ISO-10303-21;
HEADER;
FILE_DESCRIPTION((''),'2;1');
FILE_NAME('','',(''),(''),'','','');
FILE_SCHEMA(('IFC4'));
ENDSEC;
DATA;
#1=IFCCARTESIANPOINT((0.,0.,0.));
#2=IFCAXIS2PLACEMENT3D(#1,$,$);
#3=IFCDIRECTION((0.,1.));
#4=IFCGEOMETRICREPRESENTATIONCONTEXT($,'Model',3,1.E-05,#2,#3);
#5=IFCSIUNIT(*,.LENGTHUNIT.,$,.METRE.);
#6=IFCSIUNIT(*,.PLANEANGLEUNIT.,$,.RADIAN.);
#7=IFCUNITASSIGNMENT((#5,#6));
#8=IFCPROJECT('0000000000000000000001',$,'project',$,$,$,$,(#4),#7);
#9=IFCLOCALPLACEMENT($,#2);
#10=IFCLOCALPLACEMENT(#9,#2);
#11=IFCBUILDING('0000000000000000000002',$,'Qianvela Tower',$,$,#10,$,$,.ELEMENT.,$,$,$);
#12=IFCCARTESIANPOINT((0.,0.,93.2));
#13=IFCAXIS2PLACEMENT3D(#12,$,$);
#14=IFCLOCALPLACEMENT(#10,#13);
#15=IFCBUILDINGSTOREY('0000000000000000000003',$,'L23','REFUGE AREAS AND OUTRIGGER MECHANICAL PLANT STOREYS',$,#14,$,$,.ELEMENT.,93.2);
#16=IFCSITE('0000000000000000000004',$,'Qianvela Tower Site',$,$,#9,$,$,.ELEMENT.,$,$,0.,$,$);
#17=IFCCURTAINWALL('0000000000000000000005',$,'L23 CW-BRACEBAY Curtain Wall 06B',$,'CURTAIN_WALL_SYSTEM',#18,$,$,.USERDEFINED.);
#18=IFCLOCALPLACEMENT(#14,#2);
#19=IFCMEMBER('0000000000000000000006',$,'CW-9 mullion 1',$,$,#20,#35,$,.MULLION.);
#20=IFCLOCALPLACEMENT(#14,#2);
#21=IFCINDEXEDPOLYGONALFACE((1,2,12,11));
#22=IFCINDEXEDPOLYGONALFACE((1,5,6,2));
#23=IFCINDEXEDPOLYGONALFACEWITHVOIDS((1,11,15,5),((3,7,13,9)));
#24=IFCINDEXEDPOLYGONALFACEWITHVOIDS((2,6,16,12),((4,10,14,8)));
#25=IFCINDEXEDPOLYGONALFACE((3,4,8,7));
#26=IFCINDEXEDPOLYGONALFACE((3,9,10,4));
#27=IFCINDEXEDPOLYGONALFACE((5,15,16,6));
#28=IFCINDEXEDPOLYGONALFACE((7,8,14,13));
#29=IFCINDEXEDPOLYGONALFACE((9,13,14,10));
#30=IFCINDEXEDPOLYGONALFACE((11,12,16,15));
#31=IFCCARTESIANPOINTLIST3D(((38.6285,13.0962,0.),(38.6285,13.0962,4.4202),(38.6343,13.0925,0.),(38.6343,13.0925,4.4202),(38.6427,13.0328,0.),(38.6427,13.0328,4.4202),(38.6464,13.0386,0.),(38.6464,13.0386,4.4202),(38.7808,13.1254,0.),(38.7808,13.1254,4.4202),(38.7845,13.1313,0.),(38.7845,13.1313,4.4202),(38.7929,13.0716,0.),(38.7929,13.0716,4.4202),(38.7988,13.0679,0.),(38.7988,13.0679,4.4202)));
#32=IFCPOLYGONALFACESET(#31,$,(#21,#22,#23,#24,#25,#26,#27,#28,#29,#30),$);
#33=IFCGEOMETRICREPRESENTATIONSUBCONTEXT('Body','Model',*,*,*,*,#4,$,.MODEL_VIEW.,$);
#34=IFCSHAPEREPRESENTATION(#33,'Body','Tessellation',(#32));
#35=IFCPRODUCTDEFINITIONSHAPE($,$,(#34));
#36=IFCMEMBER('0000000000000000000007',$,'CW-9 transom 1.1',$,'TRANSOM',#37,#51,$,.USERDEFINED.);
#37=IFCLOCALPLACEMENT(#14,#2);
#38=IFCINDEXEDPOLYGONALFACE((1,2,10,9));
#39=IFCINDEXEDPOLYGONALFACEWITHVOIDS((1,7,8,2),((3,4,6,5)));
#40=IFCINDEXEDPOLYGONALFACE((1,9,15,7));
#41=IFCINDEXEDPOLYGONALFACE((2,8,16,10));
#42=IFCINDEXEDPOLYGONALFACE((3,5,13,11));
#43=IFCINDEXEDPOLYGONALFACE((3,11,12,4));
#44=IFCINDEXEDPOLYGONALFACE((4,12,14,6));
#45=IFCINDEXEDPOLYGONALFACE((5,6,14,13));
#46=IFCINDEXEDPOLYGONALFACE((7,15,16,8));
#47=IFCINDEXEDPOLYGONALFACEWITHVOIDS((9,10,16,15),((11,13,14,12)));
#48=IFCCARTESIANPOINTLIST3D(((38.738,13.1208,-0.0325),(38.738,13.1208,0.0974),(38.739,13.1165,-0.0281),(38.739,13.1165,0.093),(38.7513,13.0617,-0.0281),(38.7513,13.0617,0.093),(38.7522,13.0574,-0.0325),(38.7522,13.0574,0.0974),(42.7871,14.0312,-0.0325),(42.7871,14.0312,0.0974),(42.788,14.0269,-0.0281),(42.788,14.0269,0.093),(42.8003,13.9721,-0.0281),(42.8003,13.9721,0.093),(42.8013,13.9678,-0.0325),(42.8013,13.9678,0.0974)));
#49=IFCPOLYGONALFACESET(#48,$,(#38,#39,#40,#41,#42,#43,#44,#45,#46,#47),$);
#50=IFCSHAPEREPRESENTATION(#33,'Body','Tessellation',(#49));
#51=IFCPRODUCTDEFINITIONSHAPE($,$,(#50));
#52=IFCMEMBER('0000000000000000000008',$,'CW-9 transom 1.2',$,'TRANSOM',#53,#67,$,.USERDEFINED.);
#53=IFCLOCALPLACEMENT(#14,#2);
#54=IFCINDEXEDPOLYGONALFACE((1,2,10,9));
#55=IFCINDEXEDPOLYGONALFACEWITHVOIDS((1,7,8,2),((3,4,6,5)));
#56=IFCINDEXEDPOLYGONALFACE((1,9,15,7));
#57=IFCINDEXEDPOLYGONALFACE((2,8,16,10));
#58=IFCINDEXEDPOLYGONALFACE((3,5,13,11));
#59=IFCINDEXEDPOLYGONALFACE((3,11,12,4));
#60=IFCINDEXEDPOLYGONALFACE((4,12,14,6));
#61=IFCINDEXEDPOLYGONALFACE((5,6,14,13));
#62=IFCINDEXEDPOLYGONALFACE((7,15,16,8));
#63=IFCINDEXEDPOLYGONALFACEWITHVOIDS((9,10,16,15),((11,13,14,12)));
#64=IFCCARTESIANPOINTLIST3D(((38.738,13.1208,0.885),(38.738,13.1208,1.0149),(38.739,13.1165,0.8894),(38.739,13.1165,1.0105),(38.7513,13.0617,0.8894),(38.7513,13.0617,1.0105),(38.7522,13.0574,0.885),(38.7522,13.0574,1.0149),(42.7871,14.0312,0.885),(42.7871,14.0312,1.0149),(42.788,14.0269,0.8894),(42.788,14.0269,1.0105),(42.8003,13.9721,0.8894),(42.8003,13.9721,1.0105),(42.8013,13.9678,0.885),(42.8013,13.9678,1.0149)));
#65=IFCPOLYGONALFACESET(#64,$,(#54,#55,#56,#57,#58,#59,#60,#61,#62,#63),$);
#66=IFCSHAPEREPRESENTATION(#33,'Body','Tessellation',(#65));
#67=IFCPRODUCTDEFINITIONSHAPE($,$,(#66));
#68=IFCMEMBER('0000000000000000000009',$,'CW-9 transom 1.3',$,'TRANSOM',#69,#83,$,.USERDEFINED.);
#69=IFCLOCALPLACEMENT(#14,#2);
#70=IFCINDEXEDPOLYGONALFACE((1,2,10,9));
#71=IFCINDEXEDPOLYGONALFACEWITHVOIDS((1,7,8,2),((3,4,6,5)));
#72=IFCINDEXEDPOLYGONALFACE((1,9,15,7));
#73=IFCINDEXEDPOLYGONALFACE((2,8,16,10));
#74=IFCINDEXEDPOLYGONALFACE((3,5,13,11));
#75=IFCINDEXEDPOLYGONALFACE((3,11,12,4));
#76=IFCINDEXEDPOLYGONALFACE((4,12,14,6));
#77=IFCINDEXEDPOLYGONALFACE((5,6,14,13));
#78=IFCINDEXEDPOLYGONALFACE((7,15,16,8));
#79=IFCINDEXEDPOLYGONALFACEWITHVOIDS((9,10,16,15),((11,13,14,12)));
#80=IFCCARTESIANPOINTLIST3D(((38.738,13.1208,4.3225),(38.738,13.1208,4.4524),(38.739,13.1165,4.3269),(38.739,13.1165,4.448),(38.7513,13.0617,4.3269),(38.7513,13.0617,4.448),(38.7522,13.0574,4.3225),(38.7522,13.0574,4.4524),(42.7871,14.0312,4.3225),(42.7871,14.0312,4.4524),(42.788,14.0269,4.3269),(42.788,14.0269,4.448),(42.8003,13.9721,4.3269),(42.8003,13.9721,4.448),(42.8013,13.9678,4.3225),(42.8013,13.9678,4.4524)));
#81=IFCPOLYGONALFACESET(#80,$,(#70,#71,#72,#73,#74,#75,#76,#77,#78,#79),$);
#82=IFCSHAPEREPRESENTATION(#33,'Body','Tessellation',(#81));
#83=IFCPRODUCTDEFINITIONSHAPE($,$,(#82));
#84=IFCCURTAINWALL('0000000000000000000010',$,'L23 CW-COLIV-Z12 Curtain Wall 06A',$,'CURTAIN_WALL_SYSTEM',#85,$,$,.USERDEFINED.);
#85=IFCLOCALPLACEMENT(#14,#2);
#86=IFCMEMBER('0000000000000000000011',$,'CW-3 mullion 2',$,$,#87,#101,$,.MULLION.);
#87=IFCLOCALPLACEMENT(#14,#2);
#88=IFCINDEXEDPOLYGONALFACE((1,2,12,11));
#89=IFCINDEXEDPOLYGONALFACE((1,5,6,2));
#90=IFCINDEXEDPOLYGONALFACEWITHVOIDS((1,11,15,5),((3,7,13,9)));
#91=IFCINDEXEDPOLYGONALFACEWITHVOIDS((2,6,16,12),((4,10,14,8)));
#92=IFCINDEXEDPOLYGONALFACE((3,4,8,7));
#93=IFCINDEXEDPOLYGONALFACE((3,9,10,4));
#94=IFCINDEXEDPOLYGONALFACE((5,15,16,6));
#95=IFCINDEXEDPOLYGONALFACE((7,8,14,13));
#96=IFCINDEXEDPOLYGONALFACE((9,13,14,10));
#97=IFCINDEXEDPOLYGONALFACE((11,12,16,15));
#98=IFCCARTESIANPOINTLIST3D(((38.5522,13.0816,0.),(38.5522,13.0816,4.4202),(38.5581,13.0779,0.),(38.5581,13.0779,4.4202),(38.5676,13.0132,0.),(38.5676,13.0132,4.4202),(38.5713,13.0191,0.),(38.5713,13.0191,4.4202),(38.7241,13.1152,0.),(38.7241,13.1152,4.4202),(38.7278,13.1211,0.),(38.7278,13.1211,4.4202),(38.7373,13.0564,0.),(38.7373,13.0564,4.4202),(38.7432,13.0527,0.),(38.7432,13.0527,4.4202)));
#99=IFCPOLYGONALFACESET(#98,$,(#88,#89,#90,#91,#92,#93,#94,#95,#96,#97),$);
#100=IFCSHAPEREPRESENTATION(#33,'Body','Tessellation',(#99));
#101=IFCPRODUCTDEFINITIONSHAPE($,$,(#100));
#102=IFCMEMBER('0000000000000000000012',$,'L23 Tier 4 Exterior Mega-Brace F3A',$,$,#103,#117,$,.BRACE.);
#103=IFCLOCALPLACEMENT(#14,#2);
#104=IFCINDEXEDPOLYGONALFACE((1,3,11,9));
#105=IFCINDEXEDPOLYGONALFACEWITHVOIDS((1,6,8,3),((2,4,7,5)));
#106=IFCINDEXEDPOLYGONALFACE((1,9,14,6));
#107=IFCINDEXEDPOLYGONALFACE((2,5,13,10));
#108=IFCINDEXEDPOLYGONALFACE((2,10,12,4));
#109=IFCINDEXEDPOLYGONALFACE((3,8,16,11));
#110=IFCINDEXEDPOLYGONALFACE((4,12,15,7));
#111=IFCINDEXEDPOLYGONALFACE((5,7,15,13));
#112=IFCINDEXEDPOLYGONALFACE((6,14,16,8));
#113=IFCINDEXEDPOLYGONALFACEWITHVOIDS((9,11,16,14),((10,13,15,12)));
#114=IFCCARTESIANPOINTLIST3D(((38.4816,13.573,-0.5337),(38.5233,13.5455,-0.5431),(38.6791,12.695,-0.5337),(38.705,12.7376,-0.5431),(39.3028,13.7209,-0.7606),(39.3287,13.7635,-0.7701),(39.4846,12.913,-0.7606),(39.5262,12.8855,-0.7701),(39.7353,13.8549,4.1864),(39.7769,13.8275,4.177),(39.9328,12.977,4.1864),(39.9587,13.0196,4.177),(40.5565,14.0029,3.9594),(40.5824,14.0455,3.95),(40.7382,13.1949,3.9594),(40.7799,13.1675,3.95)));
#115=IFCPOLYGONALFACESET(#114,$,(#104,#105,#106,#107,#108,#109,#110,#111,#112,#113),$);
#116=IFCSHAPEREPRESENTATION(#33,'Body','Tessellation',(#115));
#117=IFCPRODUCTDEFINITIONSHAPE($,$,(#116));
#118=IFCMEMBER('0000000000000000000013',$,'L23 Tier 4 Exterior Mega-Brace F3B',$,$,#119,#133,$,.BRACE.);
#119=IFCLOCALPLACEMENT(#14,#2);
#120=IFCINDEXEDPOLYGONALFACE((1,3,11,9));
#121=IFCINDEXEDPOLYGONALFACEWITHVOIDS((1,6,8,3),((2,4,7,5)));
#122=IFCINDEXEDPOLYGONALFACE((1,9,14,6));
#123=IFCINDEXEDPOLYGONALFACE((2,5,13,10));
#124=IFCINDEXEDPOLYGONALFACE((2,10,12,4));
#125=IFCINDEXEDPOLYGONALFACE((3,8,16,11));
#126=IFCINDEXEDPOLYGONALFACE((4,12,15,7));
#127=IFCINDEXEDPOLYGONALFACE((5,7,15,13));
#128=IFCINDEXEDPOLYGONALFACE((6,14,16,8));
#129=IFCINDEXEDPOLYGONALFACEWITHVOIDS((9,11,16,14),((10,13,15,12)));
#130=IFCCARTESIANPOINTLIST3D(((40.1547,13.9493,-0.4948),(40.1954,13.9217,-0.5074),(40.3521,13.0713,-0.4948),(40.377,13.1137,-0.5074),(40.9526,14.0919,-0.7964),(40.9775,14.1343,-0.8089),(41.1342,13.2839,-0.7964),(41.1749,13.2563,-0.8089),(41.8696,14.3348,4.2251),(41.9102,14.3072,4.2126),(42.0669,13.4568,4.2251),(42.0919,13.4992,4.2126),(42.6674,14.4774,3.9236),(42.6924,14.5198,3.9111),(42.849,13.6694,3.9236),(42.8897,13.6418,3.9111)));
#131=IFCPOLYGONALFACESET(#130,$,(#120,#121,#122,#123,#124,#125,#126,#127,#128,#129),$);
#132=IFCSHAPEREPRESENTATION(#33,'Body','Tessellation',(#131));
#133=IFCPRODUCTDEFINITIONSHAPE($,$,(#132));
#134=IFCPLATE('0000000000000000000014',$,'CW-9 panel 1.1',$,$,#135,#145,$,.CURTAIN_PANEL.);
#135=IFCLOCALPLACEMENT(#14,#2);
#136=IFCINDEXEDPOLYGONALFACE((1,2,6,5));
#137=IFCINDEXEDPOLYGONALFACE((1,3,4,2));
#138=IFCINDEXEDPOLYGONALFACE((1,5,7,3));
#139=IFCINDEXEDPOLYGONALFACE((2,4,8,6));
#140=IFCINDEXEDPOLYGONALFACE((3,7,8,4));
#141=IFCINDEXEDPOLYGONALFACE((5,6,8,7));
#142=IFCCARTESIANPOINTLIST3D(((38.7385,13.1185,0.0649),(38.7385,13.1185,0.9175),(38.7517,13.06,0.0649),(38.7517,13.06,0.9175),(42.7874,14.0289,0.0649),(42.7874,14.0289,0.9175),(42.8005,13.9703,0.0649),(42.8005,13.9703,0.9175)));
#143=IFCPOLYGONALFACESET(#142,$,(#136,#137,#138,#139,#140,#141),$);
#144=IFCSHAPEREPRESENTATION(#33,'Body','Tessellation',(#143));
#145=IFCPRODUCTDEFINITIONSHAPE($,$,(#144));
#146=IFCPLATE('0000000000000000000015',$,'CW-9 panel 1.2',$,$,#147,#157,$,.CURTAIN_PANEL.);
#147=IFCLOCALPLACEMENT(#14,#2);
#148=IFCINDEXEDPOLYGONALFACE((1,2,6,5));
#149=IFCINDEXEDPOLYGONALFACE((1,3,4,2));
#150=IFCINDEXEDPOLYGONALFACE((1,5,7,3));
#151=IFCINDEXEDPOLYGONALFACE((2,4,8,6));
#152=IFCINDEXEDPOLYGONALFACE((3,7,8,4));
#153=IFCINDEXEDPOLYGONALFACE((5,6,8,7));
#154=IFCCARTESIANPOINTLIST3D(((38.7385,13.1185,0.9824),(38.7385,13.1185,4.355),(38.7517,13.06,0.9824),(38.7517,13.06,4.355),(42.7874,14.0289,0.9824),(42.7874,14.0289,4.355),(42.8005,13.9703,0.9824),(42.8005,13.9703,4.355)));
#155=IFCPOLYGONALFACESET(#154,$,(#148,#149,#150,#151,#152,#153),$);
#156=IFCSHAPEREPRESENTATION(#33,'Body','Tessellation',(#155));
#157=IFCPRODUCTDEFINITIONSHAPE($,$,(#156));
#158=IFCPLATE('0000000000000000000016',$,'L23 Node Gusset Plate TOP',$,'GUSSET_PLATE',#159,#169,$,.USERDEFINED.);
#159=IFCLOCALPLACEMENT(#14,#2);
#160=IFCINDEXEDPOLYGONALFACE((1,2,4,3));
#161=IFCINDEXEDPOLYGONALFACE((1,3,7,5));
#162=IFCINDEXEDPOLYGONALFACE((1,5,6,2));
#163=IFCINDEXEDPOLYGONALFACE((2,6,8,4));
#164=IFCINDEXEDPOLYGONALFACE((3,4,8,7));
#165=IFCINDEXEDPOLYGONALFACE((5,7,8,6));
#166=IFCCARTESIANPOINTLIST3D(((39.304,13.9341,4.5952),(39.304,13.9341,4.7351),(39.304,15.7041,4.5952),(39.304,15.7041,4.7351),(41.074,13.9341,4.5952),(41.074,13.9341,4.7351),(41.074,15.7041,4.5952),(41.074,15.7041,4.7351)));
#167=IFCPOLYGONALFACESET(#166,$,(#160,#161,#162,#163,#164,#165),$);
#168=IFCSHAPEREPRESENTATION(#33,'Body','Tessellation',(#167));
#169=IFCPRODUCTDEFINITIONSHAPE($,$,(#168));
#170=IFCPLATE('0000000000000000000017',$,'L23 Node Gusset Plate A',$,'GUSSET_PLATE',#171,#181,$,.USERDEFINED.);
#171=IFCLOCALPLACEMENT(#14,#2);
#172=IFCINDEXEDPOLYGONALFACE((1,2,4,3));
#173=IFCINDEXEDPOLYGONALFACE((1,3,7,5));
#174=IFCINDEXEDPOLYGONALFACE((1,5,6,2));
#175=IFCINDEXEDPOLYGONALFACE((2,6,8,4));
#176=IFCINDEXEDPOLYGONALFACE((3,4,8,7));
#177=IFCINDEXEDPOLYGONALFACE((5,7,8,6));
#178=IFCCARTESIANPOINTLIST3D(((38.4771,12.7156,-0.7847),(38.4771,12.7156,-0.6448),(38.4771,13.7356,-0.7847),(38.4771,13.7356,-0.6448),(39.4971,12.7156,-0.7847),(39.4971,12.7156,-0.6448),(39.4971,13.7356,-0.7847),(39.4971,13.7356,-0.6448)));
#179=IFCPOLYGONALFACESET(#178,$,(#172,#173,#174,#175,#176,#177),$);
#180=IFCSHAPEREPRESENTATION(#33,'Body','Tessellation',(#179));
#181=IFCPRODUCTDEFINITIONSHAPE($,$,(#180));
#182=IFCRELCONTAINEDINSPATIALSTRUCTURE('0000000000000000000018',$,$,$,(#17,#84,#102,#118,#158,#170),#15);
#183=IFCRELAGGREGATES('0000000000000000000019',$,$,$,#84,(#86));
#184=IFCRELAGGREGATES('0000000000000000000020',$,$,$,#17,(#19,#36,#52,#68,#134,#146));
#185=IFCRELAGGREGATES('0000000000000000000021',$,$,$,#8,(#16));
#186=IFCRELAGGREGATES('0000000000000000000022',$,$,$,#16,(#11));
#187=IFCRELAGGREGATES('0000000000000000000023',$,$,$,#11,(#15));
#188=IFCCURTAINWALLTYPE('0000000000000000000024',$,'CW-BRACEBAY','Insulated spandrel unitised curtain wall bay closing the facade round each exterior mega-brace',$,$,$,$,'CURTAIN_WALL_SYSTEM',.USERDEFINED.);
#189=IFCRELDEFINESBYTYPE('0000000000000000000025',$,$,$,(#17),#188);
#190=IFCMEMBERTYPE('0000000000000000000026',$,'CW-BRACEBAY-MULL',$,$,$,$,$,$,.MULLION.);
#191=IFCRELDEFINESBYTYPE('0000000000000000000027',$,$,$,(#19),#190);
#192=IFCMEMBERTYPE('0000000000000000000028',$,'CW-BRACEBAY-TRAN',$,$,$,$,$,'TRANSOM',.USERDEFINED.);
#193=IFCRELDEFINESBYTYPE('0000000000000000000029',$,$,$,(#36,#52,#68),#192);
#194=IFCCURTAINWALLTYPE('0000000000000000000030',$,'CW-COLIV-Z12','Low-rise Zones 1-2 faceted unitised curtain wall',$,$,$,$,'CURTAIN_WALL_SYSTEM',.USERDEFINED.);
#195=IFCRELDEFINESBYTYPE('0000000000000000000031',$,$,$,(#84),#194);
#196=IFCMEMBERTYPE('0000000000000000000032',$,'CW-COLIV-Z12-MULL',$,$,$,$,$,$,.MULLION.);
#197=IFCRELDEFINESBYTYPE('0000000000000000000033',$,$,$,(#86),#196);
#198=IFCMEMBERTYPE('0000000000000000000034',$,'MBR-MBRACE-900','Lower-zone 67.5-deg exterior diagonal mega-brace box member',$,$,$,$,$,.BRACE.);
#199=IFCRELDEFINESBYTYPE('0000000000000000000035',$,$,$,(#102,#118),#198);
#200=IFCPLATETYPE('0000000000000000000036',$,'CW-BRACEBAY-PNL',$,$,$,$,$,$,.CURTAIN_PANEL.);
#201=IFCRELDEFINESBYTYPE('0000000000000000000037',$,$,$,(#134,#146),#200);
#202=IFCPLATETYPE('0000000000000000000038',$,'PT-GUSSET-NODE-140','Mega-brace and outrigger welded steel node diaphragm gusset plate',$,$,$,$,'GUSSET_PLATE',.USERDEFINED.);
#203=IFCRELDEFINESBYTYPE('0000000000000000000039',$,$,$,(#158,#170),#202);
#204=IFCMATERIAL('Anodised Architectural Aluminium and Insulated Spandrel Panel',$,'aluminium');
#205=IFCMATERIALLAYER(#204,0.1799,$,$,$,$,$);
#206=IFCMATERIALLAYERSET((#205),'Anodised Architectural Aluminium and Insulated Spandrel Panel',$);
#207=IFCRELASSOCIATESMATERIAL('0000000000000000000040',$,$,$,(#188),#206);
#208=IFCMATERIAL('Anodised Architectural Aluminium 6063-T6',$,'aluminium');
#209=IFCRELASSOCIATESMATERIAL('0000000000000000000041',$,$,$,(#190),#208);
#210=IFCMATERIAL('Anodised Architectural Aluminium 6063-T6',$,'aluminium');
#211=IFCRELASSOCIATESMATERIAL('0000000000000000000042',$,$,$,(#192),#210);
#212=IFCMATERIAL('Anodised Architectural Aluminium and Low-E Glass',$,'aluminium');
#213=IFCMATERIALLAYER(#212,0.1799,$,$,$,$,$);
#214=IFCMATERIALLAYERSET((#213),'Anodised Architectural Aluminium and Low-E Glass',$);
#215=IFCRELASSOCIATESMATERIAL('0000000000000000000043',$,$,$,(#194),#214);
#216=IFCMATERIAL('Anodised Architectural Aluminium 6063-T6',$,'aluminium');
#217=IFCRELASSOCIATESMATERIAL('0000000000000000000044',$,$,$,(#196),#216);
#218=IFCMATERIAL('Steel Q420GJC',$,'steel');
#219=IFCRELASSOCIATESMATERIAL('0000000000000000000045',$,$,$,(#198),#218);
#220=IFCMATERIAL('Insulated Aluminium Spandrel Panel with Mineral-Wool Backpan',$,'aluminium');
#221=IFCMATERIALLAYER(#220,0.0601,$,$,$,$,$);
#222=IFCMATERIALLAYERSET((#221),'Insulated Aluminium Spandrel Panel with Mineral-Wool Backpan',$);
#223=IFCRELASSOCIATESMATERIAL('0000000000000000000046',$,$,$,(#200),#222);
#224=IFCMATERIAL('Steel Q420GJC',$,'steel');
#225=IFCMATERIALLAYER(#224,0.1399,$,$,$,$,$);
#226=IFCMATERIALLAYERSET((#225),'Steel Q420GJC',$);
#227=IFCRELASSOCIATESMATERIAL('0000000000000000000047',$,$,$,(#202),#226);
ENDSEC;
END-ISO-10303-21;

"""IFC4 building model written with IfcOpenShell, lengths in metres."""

from ifc_helpers import new_model, si_unit, direction, frame, origin, origin_2d, place, context, subcontext, project, spatial, rectangle, hollow_rectangle, extrude, material, layer, layer_set, material_profile, profile_set, type_object, element, aggregate, save


model = new_model("IFC4")

# Units and contexts
model_context = context("Model", 3, precision=1e-05, world=origin(), true_north=direction((0.0, 1.0)))
body_context = subcontext(model_context, "Body", "Model", "MODEL_VIEW")
ifc_project = project(units=[si_unit("LENGTHUNIT", "METRE"), si_unit("PLANEANGLEUNIT", "RADIAN")], contexts=[model_context])

# Site, building, storey
site_placement = place(None, origin())
site = spatial("IfcSite", under=ifc_project, at=site_placement, Name="Qianvela Tower Site", CompositionType="ELEMENT", RefElevation=0.0)
building_placement = place(site_placement, origin())
building = spatial("IfcBuilding", under=site, at=building_placement, Name="Qianvela Tower", CompositionType="ELEMENT")
storey_placement = place(building_placement, frame((0.0, 0.0, 93.2)))
storey = spatial("IfcBuildingStorey", under=building, at=storey_placement, Name="L23", Description="REFUGE AREAS AND OUTRIGGER MECHANICAL PLANT STOREYS", CompositionType="ELEMENT", Elevation=93.2)

# Curtain wall, members
ifc_material_1 = material(Name="Anodised Architectural Aluminium and Insulated Spandrel Panel", Category="aluminium")
ifc_layer_1 = layer(ifc_material_1, 0.1799)
ifc_layer_set_1 = layer_set([ifc_layer_1], Name="Anodised Architectural Aluminium and Insulated Spandrel Panel")
curtain_wall_type_1 = type_object("IfcCurtainWallType", Name="CW-BRACEBAY", Description="Insulated spandrel unitised curtain wall bay closing the facade round each exterior mega-brace", ElementType="CURTAIN_WALL_SYSTEM", PredefinedType="USERDEFINED", material=ifc_layer_set_1)
curtain_wall_1_placement = place(storey_placement, origin())
curtain_wall_1 = element("IfcCurtainWall", 1, at=curtain_wall_1_placement, inside=storey, type_object=curtain_wall_type_1, Name="L23 CW-BRACEBAY Curtain Wall 06B", ObjectType="CURTAIN_WALL_SYSTEM", PredefinedType="USERDEFINED")
ifc_material_2 = material(Name="Anodised Architectural Aluminium 6063-T6", Category="aluminium")
ifc_material_profile_1 = material_profile(ifc_material_2, hollow_rectangle(XDim=0.0649, YDim=0.1599, WallThickness=0.0049, at=origin_2d()), Name="ALU-MULL-65x160")
ifc_profile_set_1 = profile_set([ifc_material_profile_1], Name="Anodised Architectural Aluminium 6063-T6")
member_type_1 = type_object("IfcMemberType", Name="CW-BRACEBAY-MULL", PredefinedType="MULLION", material=ifc_profile_set_1)
member_1_placement = place(storey_placement, frame((38.7136, 13.082, 0.0), z_axis=(0.0, 0.0, 1.0), x_axis=(-0.219372, 0.975641, 0.0)))
member_1 = element("IfcMember", 2, at=member_1_placement, type_object=member_type_1, Name="CW-9 mullion 1", PredefinedType="MULLION", context=body_context, shape_type="SweptSolid", body=[
    extrude(hollow_rectangle(XDim=0.0649, YDim=0.1599, WallThickness=0.0049, at=origin_2d()), origin(), (0.0, 0.0, 1.0), 4.4202),
])
ifc_material_3 = material(Name="Anodised Architectural Aluminium 6063-T6", Category="aluminium")
ifc_material_profile_2 = material_profile(ifc_material_3, hollow_rectangle(XDim=0.0649, YDim=0.1299, WallThickness=0.0044, at=origin_2d()), Name="ALU-TRAN-65x130")
ifc_profile_set_2 = profile_set([ifc_material_profile_2], Name="Anodised Architectural Aluminium 6063-T6")
member_type_2 = type_object("IfcMemberType", Name="CW-BRACEBAY-TRAN", ElementType="TRANSOM", PredefinedType="USERDEFINED", material=ifc_profile_set_2)
member_2_placement = place(storey_placement, frame((38.7451, 13.0891, 0.0325), z_axis=(0.975643, 0.219365, 0.0), x_axis=(-0.219365, 0.975643, 0.0)))
member_2 = element("IfcMember", 3, at=member_2_placement, type_object=member_type_2, Name="CW-9 transom 1.1", ObjectType="TRANSOM", PredefinedType="USERDEFINED", context=body_context, shape_type="SweptSolid", body=[
    extrude(hollow_rectangle(XDim=0.0649, YDim=0.1299, WallThickness=0.0044, at=origin_2d()), origin(), (0.0, 0.0, 1.0), 4.1501),
])
member_3_placement = place(storey_placement, frame((38.7451, 13.0891, 0.95), z_axis=(0.975643, 0.219365, 0.0), x_axis=(-0.219365, 0.975643, 0.0)))
member_3 = element("IfcMember", 4, at=member_3_placement, type_object=member_type_2, Name="CW-9 transom 1.2", ObjectType="TRANSOM", PredefinedType="USERDEFINED", context=body_context, shape_type="SweptSolid", body=[
    extrude(hollow_rectangle(XDim=0.0649, YDim=0.1299, WallThickness=0.0044, at=origin_2d()), origin(), (0.0, 0.0, 1.0), 4.1501),
])
member_4_placement = place(storey_placement, frame((38.7451, 13.0891, 4.3875), z_axis=(0.975643, 0.219365, 0.0), x_axis=(-0.219365, 0.975643, 0.0)))
member_4 = element("IfcMember", 5, at=member_4_placement, type_object=member_type_2, Name="CW-9 transom 1.3", ObjectType="TRANSOM", PredefinedType="USERDEFINED", context=body_context, shape_type="SweptSolid", body=[
    extrude(hollow_rectangle(XDim=0.0649, YDim=0.1299, WallThickness=0.0044, at=origin_2d()), origin(), (0.0, 0.0, 1.0), 4.1501),
])

# Curtain wall, member
ifc_material_4 = material(Name="Anodised Architectural Aluminium and Low-E Glass", Category="aluminium")
ifc_layer_2 = layer(ifc_material_4, 0.1799)
ifc_layer_set_2 = layer_set([ifc_layer_2], Name="Anodised Architectural Aluminium and Low-E Glass")
curtain_wall_type_2 = type_object("IfcCurtainWallType", Name="CW-COLIV-Z12", Description="Low-rise Zones 1-2 faceted unitised curtain wall", ElementType="CURTAIN_WALL_SYSTEM", PredefinedType="USERDEFINED", material=ifc_layer_set_2)
curtain_wall_2_placement = place(storey_placement, origin())
curtain_wall_2 = element("IfcCurtainWall", 6, at=curtain_wall_2_placement, inside=storey, type_object=curtain_wall_type_2, Name="L23 CW-COLIV-Z12 Curtain Wall 06A", ObjectType="CURTAIN_WALL_SYSTEM", PredefinedType="USERDEFINED")
ifc_material_5 = material(Name="Anodised Architectural Aluminium 6063-T6", Category="aluminium")
ifc_material_profile_3 = material_profile(ifc_material_5, hollow_rectangle(XDim=0.0701, YDim=0.1799, WallThickness=0.0049, at=origin_2d()), Name="ALU-MULL-70x180")
ifc_profile_set_3 = profile_set([ifc_material_profile_3], Name="Anodised Architectural Aluminium 6063-T6")
member_type_3 = type_object("IfcMemberType", Name="CW-COLIV-Z12-MULL", PredefinedType="MULLION", material=ifc_profile_set_3)
member_5_placement = place(storey_placement, frame((38.6477, 13.0671, 0.0), z_axis=(0.0, 0.0, 1.0), x_axis=(-0.219384, 0.975639, 0.0)))
member_5 = element("IfcMember", 7, at=member_5_placement, type_object=member_type_3, Name="CW-3 mullion 2", PredefinedType="MULLION", context=body_context, shape_type="SweptSolid", body=[
    extrude(hollow_rectangle(XDim=0.0701, YDim=0.1799, WallThickness=0.0049, at=origin_2d()), origin(), (0.0, 0.0, 1.0), 4.4202),
])
aggregate(curtain_wall_2, [member_5])

# Members
ifc_material_6 = material(Name="Steel Q420GJC", Category="steel")
ifc_material_profile_4 = material_profile(ifc_material_6, hollow_rectangle(XDim=0.8999, YDim=0.8999, WallThickness=0.0359, at=origin_2d()), Name="MBOX-900x900x36")
ifc_profile_set_4 = profile_set([ifc_material_profile_4], Name="Steel Q420GJC")
member_type_4 = type_object("IfcMemberType", Name="MBR-MBRACE-900", Description="Lower-zone 67.5-deg exterior diagonal mega-brace box member", PredefinedType="BRACE", material=ifc_profile_set_4)
member_6_placement = place(storey_placement, frame((39.0039, 13.2292, -0.6519), z_axis=(0.25628, 0.057644, 0.964882), x_axis=(-0.219444, 0.975625, 0.0)))
element("IfcMember", 8, at=member_6_placement, inside=storey, type_object=member_type_4, Name="L23 Tier 4 Exterior Mega-Brace F3A", PredefinedType="BRACE", context=body_context, shape_type="SweptSolid", body=[
    extrude(hollow_rectangle(XDim=0.8999, YDim=0.8999, WallThickness=0.0359, at=origin_2d()), origin(), (0.0, 0.0, 1.0), 4.8918),
])
member_7_placement = place(storey_placement, frame((40.6648, 13.6028, -0.6519), z_axis=(0.340476, 0.076539, 0.937133), x_axis=(-0.219327, 0.975651, 0.0)))
element("IfcMember", 9, at=member_7_placement, inside=storey, type_object=member_type_4, Name="L23 Tier 4 Exterior Mega-Brace F3B", PredefinedType="BRACE", context=body_context, shape_type="SweptSolid", body=[
    extrude(hollow_rectangle(XDim=0.8999, YDim=0.8999, WallThickness=0.0359, at=origin_2d()), origin(), (0.0, 0.0, 1.0), 5.0366),
])

# Plates
ifc_material_7 = material(Name="Insulated Aluminium Spandrel Panel with Mineral-Wool Backpan", Category="aluminium")
ifc_layer_3 = layer(ifc_material_7, 0.0601)
ifc_layer_set_3 = layer_set([ifc_layer_3], Name="Insulated Aluminium Spandrel Panel with Mineral-Wool Backpan")
plate_type_1 = type_object("IfcPlateType", Name="CW-BRACEBAY-PNL", PredefinedType="CURTAIN_PANEL", material=ifc_layer_set_3)
plate_1_placement = place(storey_placement, frame((40.7695, 13.5444, 0.0649), z_axis=(0.0, 0.0, 1.0), x_axis=(0.975641, 0.219372, 0.0)))
plate_1 = element("IfcPlate", 10, at=plate_1_placement, type_object=plate_type_1, Name="CW-9 panel 1.1", PredefinedType="CURTAIN_PANEL", context=body_context, shape_type="SweptSolid", body=[
    extrude(rectangle(XDim=4.1499, YDim=0.0601, at=origin_2d()), origin(), (0.0, 0.0, 1.0), 0.8525),
])
plate_2_placement = place(storey_placement, frame((40.7695, 13.5444, 0.9824), z_axis=(0.0, 0.0, 1.0), x_axis=(0.975641, 0.219372, 0.0)))
plate_2 = element("IfcPlate", 11, at=plate_2_placement, type_object=plate_type_1, Name="CW-9 panel 1.2", PredefinedType="CURTAIN_PANEL", context=body_context, shape_type="SweptSolid", body=[
    extrude(rectangle(XDim=4.1499, YDim=0.0601, at=origin_2d()), origin(), (0.0, 0.0, 1.0), 3.3726),
])
aggregate(curtain_wall_1, [member_1, member_2, member_3, member_4, plate_1, plate_2])

# Plates
ifc_material_8 = material(Name="Steel Q420GJC", Category="steel")
ifc_layer_4 = layer(ifc_material_8, 0.1399)
ifc_layer_set_4 = layer_set([ifc_layer_4], Name="Steel Q420GJC")
plate_type_2 = type_object("IfcPlateType", Name="PT-GUSSET-NODE-140", Description="Mega-brace and outrigger welded steel node diaphragm gusset plate", ElementType="GUSSET_PLATE", PredefinedType="USERDEFINED", material=ifc_layer_set_4)
plate_3_placement = place(storey_placement, frame((40.189, 14.8191, 4.5952), z_axis=(0.0, 0.0, 1.0), x_axis=(1.0, 0.0, 0.0)))
element("IfcPlate", 12, at=plate_3_placement, inside=storey, type_object=plate_type_2, Name="L23 Node Gusset Plate TOP", ObjectType="GUSSET_PLATE", PredefinedType="USERDEFINED", context=body_context, shape_type="SweptSolid", body=[
    extrude(rectangle(XDim=1.77, YDim=1.77, at=origin_2d()), origin(), (0.0, 0.0, 1.0), 0.1399),
])
for number, where, z_axis, x_axis, name in (
    (13, (38.9871, 13.2256, -0.7847), (0.0, 0.0, 1.0), (1.0, 0.0, 0.0), "L23 Node Gusset Plate A"),
):
    element("IfcPlate", number, at=place(storey_placement, frame(where, z_axis=z_axis, x_axis=x_axis)), inside=storey, type_object=plate_type_2, Name=name, ObjectType="GUSSET_PLATE", PredefinedType="USERDEFINED", context=body_context, shape_type="SweptSolid", body=[
        extrude(rectangle(XDim=1.02, YDim=1.02, at=origin_2d()), origin(), (0.0, 0.0, 1.0), 0.1399),
    ])

save(model, "model.ifc")
